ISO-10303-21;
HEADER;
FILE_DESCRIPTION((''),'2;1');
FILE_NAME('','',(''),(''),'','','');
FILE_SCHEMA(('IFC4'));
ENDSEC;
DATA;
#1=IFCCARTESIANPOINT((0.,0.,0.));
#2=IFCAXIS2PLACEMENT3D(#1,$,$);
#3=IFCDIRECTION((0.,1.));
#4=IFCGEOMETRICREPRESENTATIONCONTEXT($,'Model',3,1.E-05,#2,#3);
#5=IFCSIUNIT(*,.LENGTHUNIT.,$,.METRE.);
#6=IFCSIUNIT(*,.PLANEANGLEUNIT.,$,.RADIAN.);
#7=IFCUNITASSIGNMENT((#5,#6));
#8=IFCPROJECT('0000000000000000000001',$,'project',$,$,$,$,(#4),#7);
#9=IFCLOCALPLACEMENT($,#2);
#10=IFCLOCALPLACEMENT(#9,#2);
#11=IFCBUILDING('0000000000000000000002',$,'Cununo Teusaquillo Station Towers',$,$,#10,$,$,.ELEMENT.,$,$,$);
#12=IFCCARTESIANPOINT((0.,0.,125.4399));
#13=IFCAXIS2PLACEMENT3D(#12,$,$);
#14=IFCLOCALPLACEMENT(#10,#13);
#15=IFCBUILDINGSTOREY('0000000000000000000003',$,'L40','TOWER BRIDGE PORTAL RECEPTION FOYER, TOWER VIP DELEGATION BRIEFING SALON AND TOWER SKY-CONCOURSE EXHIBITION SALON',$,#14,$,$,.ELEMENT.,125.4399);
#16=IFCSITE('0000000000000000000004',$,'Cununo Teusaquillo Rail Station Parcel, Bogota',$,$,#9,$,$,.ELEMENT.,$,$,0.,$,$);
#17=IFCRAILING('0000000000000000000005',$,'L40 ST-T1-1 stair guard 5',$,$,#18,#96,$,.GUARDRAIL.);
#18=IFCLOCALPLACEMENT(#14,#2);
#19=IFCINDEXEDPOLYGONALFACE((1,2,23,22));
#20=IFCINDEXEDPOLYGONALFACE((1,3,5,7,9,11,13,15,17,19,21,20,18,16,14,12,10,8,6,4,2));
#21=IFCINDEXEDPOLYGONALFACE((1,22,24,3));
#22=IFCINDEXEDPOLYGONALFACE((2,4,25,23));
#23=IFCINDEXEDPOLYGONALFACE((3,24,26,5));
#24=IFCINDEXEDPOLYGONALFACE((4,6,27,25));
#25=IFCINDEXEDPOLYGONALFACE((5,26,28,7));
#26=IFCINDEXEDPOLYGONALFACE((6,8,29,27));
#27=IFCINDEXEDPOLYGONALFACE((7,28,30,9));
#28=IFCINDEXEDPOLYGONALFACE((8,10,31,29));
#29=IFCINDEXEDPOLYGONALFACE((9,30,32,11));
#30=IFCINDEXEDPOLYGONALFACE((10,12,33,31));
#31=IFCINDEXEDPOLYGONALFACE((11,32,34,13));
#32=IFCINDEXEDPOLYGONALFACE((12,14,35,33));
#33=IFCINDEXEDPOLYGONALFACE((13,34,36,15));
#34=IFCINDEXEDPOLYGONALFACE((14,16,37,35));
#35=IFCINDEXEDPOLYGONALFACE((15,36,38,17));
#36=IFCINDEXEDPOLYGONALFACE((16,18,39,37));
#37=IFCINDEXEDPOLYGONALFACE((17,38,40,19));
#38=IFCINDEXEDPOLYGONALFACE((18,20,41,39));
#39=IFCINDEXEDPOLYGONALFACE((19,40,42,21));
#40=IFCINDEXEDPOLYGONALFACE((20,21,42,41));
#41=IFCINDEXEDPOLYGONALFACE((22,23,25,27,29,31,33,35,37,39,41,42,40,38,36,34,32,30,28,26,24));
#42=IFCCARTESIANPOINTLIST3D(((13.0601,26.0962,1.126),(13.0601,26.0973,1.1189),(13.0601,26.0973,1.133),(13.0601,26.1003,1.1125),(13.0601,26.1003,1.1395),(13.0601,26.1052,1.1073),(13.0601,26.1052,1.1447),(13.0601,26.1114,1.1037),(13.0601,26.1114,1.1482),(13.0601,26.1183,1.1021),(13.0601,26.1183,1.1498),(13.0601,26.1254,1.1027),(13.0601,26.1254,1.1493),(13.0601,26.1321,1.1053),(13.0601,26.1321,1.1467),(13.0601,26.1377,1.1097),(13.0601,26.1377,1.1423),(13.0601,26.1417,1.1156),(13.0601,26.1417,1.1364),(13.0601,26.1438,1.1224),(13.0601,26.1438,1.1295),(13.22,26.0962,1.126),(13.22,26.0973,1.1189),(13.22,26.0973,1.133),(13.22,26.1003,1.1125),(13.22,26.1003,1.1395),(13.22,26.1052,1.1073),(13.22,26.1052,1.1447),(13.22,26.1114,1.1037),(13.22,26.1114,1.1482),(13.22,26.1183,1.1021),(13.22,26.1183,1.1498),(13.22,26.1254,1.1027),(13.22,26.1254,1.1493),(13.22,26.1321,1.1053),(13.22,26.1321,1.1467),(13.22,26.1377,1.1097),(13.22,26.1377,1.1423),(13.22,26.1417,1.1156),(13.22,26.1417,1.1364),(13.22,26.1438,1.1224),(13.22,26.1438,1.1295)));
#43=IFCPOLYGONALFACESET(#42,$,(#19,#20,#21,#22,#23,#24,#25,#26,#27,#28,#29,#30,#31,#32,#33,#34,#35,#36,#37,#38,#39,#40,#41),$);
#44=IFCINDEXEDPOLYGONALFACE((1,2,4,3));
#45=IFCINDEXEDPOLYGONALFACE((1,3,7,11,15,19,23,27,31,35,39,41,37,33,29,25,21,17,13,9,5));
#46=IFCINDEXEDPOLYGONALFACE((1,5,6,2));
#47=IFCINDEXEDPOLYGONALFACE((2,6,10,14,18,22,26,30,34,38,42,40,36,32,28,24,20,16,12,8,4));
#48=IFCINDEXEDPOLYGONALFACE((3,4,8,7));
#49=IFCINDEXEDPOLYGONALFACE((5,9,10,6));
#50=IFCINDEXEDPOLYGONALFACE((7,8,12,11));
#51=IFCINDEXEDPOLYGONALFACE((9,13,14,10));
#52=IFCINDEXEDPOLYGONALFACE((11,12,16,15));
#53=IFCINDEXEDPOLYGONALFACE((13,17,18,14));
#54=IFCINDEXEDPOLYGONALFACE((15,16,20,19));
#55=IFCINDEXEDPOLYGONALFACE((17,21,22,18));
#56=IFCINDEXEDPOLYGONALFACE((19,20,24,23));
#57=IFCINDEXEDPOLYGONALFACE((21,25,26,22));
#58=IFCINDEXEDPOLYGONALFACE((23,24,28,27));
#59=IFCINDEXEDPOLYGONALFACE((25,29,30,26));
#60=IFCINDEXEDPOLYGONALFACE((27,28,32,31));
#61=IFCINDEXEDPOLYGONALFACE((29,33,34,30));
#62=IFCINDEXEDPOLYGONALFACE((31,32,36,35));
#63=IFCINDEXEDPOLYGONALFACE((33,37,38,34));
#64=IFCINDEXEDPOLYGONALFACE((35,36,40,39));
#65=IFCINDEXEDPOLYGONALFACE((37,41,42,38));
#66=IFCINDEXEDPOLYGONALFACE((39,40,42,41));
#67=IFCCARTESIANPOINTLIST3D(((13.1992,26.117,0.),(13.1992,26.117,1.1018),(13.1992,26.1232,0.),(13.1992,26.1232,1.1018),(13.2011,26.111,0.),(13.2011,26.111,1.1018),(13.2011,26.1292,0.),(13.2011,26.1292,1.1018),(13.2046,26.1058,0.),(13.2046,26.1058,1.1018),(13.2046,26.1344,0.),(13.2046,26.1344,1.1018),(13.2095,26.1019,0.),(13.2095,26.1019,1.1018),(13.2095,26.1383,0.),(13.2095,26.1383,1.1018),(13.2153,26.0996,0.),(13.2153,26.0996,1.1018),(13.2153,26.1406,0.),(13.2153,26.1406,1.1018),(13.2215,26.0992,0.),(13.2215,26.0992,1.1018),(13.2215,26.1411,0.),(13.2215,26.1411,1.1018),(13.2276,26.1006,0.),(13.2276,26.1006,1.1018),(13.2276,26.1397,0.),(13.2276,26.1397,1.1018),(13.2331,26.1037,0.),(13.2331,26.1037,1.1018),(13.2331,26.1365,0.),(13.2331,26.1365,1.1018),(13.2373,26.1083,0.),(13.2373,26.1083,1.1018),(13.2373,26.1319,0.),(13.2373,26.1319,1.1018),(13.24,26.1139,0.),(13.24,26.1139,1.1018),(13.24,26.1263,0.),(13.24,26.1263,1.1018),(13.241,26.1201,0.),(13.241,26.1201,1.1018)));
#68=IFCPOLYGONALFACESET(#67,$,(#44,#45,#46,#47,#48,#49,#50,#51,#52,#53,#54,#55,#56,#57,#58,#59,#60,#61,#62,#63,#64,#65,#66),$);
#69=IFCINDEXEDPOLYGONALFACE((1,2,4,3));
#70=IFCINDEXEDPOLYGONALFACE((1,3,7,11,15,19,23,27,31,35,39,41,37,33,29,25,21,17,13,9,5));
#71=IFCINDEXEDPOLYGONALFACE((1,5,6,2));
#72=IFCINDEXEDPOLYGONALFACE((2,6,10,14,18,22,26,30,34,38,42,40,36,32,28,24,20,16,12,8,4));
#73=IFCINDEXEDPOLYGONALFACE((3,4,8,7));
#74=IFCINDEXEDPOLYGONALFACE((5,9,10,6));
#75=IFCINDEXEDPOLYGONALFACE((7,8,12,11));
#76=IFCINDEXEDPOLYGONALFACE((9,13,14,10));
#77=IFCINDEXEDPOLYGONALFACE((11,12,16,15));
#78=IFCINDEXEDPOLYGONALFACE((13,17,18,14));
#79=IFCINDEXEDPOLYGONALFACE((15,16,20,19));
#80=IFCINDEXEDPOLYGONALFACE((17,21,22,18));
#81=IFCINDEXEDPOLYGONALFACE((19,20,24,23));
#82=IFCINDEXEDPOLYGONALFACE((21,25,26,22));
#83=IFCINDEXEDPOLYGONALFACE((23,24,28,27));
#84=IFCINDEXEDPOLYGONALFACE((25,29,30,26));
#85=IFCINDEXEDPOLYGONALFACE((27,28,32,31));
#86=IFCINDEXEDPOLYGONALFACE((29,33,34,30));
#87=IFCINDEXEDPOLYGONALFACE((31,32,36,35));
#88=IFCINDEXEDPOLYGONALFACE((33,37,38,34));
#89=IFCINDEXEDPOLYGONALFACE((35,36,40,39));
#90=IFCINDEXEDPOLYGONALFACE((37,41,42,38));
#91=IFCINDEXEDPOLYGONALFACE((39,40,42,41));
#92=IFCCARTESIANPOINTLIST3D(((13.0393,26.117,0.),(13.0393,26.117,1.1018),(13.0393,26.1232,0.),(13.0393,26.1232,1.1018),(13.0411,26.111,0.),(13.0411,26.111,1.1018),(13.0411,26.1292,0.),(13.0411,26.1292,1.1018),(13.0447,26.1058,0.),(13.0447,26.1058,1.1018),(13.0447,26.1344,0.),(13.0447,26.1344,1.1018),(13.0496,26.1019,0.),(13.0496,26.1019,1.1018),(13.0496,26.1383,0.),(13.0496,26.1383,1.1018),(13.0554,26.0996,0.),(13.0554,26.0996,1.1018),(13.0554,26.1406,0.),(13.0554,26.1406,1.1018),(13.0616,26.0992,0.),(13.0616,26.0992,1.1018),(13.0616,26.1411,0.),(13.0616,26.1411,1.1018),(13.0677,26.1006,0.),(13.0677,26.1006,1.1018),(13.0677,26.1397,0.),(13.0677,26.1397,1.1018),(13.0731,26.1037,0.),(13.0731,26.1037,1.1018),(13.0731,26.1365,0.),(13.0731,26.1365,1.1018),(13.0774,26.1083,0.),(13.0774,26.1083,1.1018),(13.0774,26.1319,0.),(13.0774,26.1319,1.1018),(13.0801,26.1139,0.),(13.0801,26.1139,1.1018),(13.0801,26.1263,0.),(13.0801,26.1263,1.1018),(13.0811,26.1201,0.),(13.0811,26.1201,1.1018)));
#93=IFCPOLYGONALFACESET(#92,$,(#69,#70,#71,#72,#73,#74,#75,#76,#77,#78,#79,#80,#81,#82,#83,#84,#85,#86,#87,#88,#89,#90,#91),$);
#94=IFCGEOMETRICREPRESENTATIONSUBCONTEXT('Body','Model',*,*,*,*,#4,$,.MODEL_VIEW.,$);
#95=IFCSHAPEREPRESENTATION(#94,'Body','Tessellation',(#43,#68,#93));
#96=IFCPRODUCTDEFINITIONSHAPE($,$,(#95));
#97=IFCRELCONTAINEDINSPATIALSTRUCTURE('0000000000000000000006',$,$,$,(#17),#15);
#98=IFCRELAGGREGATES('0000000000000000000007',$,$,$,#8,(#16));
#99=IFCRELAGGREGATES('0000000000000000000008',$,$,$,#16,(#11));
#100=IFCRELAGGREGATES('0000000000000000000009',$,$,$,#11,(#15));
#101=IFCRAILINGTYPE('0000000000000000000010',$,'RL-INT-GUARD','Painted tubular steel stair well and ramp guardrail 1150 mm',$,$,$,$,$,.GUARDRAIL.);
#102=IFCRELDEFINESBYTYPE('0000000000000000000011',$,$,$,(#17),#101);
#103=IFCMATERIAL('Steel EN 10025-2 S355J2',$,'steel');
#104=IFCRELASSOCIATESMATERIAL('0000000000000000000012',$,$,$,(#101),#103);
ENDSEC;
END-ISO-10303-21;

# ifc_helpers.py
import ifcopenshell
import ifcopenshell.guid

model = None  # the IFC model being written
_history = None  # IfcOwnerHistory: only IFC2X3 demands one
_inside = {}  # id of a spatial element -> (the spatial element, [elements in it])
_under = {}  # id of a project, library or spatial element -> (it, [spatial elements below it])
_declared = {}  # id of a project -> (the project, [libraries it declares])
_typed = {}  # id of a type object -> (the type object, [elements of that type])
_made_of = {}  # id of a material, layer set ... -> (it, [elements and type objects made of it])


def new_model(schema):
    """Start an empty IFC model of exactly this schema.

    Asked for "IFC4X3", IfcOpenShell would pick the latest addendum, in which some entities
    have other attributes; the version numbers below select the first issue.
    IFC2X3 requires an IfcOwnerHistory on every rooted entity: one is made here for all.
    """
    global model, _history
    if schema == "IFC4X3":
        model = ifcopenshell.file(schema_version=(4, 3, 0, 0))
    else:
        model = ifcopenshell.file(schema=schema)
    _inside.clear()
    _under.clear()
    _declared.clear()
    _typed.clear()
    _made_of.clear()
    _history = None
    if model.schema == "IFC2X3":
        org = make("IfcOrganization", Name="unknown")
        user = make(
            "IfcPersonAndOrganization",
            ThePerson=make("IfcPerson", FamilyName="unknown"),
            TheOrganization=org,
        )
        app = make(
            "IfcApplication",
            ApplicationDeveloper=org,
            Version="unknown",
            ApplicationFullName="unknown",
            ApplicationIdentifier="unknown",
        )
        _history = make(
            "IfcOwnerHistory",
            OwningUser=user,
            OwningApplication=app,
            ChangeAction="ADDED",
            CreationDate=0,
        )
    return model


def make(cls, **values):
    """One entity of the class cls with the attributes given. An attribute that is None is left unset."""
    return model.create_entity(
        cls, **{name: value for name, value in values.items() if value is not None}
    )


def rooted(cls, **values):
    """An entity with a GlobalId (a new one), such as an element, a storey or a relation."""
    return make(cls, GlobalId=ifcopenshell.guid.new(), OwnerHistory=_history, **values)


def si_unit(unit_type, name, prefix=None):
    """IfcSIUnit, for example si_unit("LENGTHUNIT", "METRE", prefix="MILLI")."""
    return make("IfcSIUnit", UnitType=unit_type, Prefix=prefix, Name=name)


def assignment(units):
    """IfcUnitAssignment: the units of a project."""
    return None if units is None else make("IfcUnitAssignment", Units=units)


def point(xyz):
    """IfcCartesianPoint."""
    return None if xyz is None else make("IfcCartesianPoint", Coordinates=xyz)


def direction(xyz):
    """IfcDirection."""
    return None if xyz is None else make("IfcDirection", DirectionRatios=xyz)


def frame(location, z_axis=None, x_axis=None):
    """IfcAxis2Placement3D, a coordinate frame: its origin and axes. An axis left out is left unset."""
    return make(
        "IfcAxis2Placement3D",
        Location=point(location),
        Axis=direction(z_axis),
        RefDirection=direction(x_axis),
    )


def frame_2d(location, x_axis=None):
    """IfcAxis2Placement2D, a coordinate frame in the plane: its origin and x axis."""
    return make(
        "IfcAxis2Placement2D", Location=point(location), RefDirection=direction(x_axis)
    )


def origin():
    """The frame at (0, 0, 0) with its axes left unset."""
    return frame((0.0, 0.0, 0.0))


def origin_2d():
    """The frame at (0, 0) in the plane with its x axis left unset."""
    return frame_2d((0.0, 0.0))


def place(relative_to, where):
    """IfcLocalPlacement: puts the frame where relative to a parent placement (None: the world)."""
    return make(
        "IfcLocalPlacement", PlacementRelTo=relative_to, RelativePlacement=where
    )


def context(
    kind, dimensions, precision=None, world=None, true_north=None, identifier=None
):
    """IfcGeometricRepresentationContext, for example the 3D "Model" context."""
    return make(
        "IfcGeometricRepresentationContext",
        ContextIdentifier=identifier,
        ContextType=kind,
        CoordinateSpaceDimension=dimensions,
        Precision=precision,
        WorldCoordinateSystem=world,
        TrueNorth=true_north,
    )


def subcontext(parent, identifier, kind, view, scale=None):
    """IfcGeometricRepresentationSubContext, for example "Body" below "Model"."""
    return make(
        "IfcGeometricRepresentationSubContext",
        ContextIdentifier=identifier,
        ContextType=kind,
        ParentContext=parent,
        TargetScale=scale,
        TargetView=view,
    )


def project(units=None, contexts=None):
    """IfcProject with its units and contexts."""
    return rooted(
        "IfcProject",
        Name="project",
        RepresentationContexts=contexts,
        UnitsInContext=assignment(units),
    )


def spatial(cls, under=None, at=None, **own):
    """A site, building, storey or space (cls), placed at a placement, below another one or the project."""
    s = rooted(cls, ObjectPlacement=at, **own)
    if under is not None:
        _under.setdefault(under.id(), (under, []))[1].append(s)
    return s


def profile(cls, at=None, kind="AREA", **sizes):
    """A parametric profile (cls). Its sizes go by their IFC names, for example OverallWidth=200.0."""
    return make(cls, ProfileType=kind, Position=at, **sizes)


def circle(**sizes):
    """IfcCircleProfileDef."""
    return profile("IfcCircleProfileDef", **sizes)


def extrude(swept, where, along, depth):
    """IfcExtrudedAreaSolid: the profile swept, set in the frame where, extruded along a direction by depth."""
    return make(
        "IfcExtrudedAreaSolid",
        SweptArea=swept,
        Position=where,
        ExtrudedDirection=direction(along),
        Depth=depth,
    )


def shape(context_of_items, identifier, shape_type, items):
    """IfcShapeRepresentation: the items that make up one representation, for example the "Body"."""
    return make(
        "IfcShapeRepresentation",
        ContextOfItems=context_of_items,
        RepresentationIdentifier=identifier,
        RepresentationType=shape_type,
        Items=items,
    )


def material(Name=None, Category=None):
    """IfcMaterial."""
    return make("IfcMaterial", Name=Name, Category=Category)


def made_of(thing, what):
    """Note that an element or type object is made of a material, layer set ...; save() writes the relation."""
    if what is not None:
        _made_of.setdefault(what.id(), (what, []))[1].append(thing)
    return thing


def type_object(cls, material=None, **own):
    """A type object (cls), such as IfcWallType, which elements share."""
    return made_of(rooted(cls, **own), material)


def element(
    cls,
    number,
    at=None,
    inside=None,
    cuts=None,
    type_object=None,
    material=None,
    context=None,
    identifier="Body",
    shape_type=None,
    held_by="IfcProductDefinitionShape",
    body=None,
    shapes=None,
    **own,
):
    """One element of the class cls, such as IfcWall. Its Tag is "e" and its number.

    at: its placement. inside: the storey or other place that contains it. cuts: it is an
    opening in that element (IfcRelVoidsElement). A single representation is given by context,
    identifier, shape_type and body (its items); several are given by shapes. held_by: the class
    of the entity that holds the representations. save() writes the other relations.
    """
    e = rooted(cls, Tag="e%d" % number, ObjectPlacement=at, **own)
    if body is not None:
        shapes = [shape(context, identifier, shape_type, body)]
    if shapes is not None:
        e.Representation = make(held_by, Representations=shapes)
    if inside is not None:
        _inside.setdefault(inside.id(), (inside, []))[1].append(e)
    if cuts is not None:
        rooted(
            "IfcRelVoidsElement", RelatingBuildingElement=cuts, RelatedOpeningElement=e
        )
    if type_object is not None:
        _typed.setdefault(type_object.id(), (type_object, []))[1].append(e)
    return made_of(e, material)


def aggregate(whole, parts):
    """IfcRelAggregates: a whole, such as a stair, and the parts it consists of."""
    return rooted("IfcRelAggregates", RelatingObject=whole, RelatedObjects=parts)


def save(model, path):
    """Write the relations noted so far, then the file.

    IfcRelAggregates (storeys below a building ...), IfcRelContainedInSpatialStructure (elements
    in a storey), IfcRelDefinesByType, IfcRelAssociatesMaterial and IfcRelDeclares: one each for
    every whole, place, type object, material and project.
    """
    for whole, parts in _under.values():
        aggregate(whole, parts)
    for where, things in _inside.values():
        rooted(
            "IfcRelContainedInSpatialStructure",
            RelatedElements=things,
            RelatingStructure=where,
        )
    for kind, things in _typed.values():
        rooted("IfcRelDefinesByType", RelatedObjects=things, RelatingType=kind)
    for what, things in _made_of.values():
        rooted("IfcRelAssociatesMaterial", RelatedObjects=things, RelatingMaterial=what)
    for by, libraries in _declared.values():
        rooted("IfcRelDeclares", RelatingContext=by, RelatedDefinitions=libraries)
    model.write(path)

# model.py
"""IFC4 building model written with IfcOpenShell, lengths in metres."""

from ifc_helpers import new_model, si_unit, direction, frame, origin, origin_2d, place, context, subcontext, project, spatial, circle, extrude, material, type_object, element, save


model = new_model("IFC4")

# Units and contexts
model_context = context("Model", 3, precision=1e-05, world=origin(), true_north=direction((0.0, 1.0)))
body_context = subcontext(model_context, "Body", "Model", "MODEL_VIEW")
ifc_project = project(units=[si_unit("LENGTHUNIT", "METRE"), si_unit("PLANEANGLEUNIT", "RADIAN")], contexts=[model_context])

# Site, building, storey
site_placement = place(None, origin())
site = spatial("IfcSite", under=ifc_project, at=site_placement, Name="Cununo Teusaquillo Rail Station Parcel, Bogota", CompositionType="ELEMENT", RefElevation=0.0)
building_placement = place(site_placement, origin())
building = spatial("IfcBuilding", under=site, at=building_placement, Name="Cununo Teusaquillo Station Towers", CompositionType="ELEMENT")
storey_placement = place(building_placement, frame((0.0, 0.0, 125.4399)))
storey = spatial("IfcBuildingStorey", under=building, at=storey_placement, Name="L40", Description="TOWER BRIDGE PORTAL RECEPTION FOYER, TOWER VIP DELEGATION BRIEFING SALON AND TOWER SKY-CONCOURSE EXHIBITION SALON", CompositionType="ELEMENT", Elevation=125.4399)

# Railing
ifc_material_1 = material(Name="Steel EN 10025-2 S355J2", Category="steel")
railing_type_1 = type_object("IfcRailingType", Name="RL-INT-GUARD", Description="Painted tubular steel stair well and ramp guardrail 1150 mm", PredefinedType="GUARDRAIL", material=ifc_material_1)
railing_1_placement = place(storey_placement, frame((13.22, 26.1201, 0.0)))
element("IfcRailing", 1, at=railing_1_placement, inside=storey, type_object=railing_type_1, Name="L40 ST-T1-1 stair guard 5", PredefinedType="GUARDRAIL", context=body_context, shape_type="SweptSolid", body=[
    extrude(circle(Radius=0.0239, at=origin_2d()), frame((0.0, 0.0, 1.126), z_axis=(-1.0, 0.0, 0.0), x_axis=(0.0, -1.0, 0.0)), (0.0, 0.0, 1.0), 0.1599),
    extrude(circle(Radius=0.021, at=origin_2d()), origin(), (0.0, 0.0, 1.0), 1.1018),
    extrude(circle(Radius=0.021, at=origin_2d()), frame((-0.1599, 0.0, 0.0)), (0.0, 0.0, 1.0), 1.1018),
])

save(model, "model.ifc")
